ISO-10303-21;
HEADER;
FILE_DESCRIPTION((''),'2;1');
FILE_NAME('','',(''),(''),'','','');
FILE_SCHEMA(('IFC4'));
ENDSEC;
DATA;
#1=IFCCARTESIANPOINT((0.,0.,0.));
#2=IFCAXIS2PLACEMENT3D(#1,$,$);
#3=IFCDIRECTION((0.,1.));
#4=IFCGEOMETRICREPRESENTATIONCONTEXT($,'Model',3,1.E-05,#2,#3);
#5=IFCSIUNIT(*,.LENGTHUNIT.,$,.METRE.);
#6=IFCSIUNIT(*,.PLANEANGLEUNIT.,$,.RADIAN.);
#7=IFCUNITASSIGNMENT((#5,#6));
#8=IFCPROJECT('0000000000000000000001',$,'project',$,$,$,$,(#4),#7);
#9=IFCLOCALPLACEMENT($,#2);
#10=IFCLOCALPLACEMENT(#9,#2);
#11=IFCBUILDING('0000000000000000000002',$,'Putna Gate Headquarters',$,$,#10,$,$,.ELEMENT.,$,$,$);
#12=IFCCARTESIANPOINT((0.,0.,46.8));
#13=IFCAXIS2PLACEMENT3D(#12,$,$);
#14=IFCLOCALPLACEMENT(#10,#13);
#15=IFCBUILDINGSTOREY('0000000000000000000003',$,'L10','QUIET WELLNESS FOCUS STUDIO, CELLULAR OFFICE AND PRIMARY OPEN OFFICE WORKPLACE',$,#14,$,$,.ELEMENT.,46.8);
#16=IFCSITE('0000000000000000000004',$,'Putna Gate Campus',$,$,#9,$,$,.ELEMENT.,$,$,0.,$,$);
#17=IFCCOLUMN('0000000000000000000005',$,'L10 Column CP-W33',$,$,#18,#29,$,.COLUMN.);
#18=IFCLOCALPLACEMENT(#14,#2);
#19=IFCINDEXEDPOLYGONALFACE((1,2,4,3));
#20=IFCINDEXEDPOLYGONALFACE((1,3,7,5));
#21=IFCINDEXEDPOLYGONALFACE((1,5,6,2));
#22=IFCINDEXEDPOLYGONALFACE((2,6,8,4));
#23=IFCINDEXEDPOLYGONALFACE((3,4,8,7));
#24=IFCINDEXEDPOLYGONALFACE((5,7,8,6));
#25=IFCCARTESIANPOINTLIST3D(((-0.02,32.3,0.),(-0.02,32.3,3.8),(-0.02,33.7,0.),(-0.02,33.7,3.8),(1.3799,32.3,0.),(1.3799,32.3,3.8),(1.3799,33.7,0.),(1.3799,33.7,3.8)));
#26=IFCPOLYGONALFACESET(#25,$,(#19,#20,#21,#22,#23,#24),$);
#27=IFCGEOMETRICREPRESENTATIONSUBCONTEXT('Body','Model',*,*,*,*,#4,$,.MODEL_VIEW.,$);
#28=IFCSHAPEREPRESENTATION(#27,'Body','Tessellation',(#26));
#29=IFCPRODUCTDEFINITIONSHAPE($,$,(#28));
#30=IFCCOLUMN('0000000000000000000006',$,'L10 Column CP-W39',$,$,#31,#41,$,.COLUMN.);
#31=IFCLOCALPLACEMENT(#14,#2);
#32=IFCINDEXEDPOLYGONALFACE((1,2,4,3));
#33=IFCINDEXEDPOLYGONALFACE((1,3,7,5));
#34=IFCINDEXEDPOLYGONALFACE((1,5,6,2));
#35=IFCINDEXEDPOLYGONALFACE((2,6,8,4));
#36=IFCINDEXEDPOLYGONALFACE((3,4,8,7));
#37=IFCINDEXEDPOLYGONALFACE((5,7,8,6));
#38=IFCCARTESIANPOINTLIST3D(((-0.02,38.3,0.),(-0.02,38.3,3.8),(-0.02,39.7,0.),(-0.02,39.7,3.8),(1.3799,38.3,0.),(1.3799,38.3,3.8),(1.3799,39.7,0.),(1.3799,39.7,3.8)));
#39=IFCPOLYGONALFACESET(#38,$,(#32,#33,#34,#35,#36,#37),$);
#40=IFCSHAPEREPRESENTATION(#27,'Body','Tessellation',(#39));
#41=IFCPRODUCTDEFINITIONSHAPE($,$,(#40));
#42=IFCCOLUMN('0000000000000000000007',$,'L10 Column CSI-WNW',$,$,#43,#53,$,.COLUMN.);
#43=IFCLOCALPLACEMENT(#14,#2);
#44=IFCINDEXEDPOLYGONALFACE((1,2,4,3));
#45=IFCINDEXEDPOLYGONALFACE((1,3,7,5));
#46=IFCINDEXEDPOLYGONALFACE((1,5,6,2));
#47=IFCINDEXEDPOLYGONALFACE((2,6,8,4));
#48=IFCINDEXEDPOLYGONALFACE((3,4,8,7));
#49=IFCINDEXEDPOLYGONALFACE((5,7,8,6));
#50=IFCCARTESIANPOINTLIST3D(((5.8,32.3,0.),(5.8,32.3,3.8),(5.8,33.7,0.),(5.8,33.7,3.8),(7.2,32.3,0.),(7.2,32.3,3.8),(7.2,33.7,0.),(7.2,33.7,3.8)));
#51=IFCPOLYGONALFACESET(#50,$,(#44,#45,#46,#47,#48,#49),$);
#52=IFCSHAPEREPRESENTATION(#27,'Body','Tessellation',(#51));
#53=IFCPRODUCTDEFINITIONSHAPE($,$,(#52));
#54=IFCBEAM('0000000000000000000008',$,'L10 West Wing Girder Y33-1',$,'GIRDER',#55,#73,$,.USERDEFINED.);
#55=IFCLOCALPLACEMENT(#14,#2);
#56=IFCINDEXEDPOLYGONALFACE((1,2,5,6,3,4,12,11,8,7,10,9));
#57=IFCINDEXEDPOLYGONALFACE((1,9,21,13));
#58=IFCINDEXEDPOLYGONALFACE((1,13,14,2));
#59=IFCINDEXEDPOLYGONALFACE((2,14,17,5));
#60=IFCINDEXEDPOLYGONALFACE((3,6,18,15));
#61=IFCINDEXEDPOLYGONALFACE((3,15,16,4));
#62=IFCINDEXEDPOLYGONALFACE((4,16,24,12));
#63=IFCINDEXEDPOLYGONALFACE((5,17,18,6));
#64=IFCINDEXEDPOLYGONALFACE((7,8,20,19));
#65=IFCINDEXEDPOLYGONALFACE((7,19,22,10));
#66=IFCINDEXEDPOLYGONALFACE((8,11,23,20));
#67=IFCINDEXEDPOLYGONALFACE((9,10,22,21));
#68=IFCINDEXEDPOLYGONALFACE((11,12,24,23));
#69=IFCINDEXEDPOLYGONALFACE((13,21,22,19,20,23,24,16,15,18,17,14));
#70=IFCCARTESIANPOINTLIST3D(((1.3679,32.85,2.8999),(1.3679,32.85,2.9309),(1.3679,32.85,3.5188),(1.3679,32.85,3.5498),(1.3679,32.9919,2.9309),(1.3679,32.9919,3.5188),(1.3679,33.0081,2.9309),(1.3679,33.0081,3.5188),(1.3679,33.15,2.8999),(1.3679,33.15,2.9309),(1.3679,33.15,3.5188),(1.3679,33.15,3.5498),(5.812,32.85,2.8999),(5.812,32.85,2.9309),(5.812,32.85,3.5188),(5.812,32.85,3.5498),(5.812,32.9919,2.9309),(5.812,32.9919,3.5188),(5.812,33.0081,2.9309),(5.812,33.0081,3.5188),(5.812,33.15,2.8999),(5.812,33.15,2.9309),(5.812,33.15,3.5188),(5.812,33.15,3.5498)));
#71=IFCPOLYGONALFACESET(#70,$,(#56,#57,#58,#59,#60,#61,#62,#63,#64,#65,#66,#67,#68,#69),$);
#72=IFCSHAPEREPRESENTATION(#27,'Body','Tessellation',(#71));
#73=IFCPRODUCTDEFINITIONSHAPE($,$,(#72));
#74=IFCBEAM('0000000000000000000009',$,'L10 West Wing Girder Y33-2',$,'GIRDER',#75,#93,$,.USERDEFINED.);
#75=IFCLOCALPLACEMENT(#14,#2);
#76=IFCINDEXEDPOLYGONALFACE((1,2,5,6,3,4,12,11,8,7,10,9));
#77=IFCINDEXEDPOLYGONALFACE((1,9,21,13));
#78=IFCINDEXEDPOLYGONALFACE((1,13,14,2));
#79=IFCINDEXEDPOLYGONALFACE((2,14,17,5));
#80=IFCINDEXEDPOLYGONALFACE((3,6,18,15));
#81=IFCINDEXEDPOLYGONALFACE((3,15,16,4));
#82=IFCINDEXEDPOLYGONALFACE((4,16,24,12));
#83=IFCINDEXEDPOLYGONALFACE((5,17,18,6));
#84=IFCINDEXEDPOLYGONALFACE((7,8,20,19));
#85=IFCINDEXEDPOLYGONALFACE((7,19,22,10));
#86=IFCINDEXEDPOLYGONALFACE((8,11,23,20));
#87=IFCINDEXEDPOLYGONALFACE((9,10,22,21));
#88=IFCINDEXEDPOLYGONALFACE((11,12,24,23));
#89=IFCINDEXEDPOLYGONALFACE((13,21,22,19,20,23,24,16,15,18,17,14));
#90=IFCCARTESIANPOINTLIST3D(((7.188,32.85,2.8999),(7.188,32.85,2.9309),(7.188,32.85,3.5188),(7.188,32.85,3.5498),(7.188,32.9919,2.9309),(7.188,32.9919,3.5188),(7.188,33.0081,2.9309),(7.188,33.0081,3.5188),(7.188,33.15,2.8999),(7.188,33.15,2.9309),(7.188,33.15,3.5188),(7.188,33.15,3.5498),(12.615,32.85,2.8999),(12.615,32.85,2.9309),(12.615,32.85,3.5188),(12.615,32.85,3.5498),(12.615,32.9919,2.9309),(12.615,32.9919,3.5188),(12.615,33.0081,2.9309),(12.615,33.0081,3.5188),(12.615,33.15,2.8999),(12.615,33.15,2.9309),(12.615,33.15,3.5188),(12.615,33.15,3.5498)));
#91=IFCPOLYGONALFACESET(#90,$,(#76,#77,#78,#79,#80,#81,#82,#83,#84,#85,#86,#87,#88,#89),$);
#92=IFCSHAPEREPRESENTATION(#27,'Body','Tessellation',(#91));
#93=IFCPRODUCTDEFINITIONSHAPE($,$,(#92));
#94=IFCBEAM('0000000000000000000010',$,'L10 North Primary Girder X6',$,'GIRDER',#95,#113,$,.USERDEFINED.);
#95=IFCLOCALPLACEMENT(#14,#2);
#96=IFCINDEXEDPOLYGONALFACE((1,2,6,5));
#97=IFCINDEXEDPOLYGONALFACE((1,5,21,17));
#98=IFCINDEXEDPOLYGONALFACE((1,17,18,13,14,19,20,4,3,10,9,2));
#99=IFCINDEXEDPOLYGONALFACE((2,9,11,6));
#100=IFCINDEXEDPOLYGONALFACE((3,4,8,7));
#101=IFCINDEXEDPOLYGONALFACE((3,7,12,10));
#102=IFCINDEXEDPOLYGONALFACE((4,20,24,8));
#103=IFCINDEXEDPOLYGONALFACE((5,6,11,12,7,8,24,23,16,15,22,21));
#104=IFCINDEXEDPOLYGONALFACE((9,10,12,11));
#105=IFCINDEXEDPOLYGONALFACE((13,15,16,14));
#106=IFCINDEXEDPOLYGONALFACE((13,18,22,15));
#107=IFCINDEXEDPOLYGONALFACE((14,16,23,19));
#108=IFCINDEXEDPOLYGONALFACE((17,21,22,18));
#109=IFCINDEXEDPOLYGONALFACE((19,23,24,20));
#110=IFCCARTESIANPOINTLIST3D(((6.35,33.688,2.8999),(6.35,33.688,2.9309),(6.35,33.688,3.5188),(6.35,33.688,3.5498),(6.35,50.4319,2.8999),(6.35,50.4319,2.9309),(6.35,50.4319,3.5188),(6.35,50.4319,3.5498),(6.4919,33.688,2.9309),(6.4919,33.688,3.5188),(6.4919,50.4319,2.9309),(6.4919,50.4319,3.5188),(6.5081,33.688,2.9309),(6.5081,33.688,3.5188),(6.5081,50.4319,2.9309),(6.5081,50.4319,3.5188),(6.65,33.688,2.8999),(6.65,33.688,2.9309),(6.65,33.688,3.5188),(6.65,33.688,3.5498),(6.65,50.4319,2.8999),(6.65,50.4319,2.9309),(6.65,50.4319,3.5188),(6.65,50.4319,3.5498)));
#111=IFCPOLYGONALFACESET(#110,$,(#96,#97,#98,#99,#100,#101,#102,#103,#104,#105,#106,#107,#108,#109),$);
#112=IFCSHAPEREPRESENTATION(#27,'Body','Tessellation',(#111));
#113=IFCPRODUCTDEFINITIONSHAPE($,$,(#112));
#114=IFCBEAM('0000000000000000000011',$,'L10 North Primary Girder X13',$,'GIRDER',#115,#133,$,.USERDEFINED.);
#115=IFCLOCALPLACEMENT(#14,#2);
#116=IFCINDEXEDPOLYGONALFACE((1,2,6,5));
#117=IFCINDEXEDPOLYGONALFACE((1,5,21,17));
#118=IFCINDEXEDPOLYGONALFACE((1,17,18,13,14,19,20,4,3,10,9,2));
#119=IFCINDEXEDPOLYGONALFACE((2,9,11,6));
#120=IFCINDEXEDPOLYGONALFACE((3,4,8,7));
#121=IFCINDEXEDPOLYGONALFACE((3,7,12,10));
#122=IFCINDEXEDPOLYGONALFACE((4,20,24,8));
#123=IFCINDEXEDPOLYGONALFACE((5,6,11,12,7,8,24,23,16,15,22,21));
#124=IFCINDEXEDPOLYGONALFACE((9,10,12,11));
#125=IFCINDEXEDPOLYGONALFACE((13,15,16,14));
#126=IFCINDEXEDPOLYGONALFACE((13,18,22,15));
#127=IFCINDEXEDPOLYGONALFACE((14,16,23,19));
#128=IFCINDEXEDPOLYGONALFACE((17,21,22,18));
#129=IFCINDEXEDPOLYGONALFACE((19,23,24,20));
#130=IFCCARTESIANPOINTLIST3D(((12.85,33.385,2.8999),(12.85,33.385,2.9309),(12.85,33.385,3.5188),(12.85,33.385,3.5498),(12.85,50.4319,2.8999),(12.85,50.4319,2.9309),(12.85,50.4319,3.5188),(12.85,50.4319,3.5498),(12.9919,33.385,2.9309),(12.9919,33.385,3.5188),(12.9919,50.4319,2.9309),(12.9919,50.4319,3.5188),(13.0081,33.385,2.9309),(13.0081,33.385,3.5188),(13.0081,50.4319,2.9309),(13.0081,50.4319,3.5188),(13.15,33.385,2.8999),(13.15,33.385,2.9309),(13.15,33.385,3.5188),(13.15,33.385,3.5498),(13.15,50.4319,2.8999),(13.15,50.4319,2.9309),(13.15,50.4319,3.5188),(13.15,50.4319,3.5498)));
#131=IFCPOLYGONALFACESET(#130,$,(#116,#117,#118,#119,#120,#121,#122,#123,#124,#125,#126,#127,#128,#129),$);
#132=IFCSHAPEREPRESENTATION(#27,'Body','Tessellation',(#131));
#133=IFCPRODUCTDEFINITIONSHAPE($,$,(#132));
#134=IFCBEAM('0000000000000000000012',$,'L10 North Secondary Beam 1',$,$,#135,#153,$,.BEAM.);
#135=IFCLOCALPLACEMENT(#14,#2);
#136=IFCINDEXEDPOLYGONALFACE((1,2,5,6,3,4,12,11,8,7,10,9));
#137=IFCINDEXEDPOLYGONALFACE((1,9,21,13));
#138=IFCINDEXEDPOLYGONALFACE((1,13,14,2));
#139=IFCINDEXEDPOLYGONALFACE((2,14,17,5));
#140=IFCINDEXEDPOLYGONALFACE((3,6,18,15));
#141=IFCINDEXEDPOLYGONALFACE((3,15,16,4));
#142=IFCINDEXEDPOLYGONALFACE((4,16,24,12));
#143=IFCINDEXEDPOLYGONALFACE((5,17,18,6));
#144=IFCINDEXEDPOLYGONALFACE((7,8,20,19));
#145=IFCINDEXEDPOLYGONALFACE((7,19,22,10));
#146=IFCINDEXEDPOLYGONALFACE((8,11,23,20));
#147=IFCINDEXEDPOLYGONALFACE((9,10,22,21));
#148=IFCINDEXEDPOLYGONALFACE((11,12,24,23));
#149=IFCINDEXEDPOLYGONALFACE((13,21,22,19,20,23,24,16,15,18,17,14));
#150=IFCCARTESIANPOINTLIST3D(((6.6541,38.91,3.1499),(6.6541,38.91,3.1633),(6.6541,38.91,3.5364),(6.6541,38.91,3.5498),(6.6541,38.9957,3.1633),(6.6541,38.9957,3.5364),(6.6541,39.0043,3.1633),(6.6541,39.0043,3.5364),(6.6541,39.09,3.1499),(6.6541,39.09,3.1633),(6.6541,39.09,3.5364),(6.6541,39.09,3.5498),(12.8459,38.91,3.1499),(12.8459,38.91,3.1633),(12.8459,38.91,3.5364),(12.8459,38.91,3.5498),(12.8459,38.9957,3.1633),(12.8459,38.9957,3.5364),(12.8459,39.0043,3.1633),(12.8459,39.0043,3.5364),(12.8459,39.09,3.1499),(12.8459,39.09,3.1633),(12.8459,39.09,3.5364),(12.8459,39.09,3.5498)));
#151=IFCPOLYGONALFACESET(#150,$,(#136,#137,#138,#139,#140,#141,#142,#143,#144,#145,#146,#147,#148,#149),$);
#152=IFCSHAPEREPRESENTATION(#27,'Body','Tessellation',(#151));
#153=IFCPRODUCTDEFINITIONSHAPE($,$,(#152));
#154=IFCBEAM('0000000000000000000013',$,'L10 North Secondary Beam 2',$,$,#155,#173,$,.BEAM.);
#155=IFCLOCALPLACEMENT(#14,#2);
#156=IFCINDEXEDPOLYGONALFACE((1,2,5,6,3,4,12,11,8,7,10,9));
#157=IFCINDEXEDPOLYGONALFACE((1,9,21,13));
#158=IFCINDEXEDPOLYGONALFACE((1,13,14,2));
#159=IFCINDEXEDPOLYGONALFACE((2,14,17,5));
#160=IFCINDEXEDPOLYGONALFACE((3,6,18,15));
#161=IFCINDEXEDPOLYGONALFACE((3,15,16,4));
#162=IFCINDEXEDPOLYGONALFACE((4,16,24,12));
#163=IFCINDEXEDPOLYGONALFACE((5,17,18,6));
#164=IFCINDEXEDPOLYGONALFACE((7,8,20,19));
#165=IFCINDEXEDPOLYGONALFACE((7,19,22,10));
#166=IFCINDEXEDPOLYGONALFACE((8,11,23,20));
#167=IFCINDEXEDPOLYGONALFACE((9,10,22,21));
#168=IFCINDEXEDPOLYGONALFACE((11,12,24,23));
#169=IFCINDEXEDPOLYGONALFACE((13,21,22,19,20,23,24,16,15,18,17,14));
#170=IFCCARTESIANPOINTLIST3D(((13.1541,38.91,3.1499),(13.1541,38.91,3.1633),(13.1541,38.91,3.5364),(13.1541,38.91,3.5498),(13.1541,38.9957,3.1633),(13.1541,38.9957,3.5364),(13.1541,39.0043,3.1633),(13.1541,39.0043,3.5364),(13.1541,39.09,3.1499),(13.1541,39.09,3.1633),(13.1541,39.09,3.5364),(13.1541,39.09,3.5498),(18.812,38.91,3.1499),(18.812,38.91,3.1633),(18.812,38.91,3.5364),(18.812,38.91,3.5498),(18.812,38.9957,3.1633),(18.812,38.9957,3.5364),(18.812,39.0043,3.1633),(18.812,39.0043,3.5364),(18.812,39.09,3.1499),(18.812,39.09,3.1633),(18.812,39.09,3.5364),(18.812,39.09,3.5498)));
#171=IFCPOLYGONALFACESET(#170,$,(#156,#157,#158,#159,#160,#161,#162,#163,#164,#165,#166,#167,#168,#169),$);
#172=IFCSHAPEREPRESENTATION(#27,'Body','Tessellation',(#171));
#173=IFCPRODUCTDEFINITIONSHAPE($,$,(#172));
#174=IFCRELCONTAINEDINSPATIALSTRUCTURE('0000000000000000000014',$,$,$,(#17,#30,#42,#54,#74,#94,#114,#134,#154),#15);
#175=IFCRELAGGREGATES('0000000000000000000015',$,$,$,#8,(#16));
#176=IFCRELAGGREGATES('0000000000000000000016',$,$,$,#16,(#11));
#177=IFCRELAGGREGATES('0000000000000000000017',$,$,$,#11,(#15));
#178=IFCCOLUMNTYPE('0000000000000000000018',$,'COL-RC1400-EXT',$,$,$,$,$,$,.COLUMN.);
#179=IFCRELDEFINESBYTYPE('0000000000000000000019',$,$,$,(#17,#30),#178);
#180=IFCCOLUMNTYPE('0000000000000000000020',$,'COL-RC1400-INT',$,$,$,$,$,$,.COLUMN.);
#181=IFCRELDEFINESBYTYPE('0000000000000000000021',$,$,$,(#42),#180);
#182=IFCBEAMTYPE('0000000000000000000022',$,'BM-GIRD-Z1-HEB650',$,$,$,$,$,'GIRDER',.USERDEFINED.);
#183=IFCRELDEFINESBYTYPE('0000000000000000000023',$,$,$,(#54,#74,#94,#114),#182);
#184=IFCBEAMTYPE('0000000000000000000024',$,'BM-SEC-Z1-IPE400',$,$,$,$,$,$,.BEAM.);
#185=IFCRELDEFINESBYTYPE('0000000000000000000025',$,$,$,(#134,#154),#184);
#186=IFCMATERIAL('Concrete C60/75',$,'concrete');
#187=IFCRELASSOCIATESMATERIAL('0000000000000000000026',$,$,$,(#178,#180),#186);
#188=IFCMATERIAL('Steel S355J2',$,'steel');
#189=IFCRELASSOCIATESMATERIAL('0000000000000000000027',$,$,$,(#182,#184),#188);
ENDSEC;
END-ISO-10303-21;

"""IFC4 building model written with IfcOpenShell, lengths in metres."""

from ifc_helpers import new_model, si_unit, direction, frame, origin, origin_2d, place, context, subcontext, project, spatial, rectangle, i_section, extrude, material, material_profile, profile_set, type_object, element, save


model = new_model("IFC4")

# Units and contexts
model_context = context("Model", 3, precision=1e-05, world=origin(), true_north=direction((0.0, 1.0)))
body_context = subcontext(model_context, "Body", "Model", "MODEL_VIEW")
ifc_project = project(units=[si_unit("LENGTHUNIT", "METRE"), si_unit("PLANEANGLEUNIT", "RADIAN")], contexts=[model_context])

# Site, building, storey
site_placement = place(None, origin())
site = spatial("IfcSite", under=ifc_project, at=site_placement, Name="Putna Gate Campus", CompositionType="ELEMENT", RefElevation=0.0)
building_placement = place(site_placement, origin())
building = spatial("IfcBuilding", under=site, at=building_placement, Name="Putna Gate Headquarters", CompositionType="ELEMENT")
storey_placement = place(building_placement, frame((0.0, 0.0, 46.8)))
storey = spatial("IfcBuildingStorey", under=building, at=storey_placement, Name="L10", Description="QUIET WELLNESS FOCUS STUDIO, CELLULAR OFFICE AND PRIMARY OPEN OFFICE WORKPLACE", CompositionType="ELEMENT", Elevation=46.8)

# Columns
ifc_material_1 = material(Name="Concrete C60/75", Category="concrete")
ifc_material_profile_1 = material_profile(ifc_material_1, rectangle(XDim=1.3999, YDim=1.3999, at=origin_2d()), Name="Concrete C60/75")
ifc_profile_set_1 = profile_set([ifc_material_profile_1], Name="Concrete C60/75")
column_type_1 = type_object("IfcColumnType", Name="COL-RC1400-EXT", PredefinedType="COLUMN", material=ifc_profile_set_1)
for number, where, z_axis, x_axis, name in (
    (1, (0.6799, 33.0, 0.0), (0.0, 0.0, 1.0), (1.0, 0.0, 0.0), "L10 Column CP-W33"),
    (2, (0.6799, 39.0, 0.0), (0.0, 0.0, 1.0), (1.0, 0.0, 0.0), "L10 Column CP-W39"),
):
    element("IfcColumn", number, at=place(storey_placement, frame(where, z_axis=z_axis, x_axis=x_axis)), inside=storey, type_object=column_type_1, Name=name, PredefinedType="COLUMN", context=body_context, shape_type="SweptSolid", body=[
        extrude(rectangle(XDim=1.3999, YDim=1.3999, at=origin_2d()), origin(), (0.0, 0.0, 1.0), 3.8),
    ])
ifc_material_profile_2 = material_profile(ifc_material_1, rectangle(XDim=1.3999, YDim=1.3999, at=origin_2d()), Name="Concrete C60/75")
ifc_profile_set_2 = profile_set([ifc_material_profile_2], Name="Concrete C60/75")
column_type_2 = type_object("IfcColumnType", Name="COL-RC1400-INT", PredefinedType="COLUMN", material=ifc_profile_set_2)
column_placement = place(storey_placement, frame((6.5, 33.0, 0.0), z_axis=(0.0, 0.0, 1.0), x_axis=(1.0, 0.0, 0.0)))
element("IfcColumn", 3, at=column_placement, inside=storey, type_object=column_type_2, Name="L10 Column CSI-WNW", PredefinedType="COLUMN", context=body_context, shape_type="SweptSolid", body=[
    extrude(rectangle(XDim=1.3999, YDim=1.3999, at=origin_2d()), origin(), (0.0, 0.0, 1.0), 3.8),
])

# Beams
ifc_material_2 = material(Name="Steel S355J2", Category="steel")
ifc_material_profile_3 = material_profile(ifc_material_2, i_section(OverallWidth=0.3, OverallDepth=0.6499, WebThickness=0.0161, FlangeThickness=0.031, at=origin_2d()), Name="Steel S355J2")
ifc_profile_set_3 = profile_set([ifc_material_profile_3], Name="Steel S355J2")
beam_type_1 = type_object("IfcBeamType", Name="BM-GIRD-Z1-HEB650", ElementType="GIRDER", PredefinedType="USERDEFINED", material=ifc_profile_set_3)
beam_1_placement = place(storey_placement, frame((1.3679, 33.0, 3.2249), z_axis=(1.0, 0.0, 0.0), x_axis=(0.0, 1.0, 0.0)))
element("IfcBeam", 4, at=beam_1_placement, inside=storey, type_object=beam_type_1, Name="L10 West Wing Girder Y33-1", ObjectType="GIRDER", PredefinedType="USERDEFINED", context=body_context, shape_type="SweptSolid", body=[
    extrude(i_section(OverallWidth=0.3, OverallDepth=0.6499, WebThickness=0.0161, FlangeThickness=0.031, at=origin_2d()), origin(), (0.0, 0.0, 1.0), 4.4441),
])
beam_2_placement = place(storey_placement, frame((7.188, 33.0, 3.2249), z_axis=(1.0, 0.0, 0.0), x_axis=(0.0, 1.0, 0.0)))
element("IfcBeam", 5, at=beam_2_placement, inside=storey, type_object=beam_type_1, Name="L10 West Wing Girder Y33-2", ObjectType="GIRDER", PredefinedType="USERDEFINED", context=body_context, shape_type="SweptSolid", body=[
    extrude(i_section(OverallWidth=0.3, OverallDepth=0.6499, WebThickness=0.0161, FlangeThickness=0.031, at=origin_2d()), origin(), (0.0, 0.0, 1.0), 5.427),
])
beam_3_placement = place(storey_placement, frame((6.5, 33.688, 3.2249), z_axis=(0.0, 1.0, 0.0), x_axis=(-1.0, 0.0, 0.0)))
element("IfcBeam", 6, at=beam_3_placement, inside=storey, type_object=beam_type_1, Name="L10 North Primary Girder X6", ObjectType="GIRDER", PredefinedType="USERDEFINED", context=body_context, shape_type="SweptSolid", body=[
    extrude(i_section(OverallWidth=0.3, OverallDepth=0.6499, WebThickness=0.0161, FlangeThickness=0.031, at=origin_2d()), origin(), (0.0, 0.0, 1.0), 16.7439),
])
beam_4_placement = place(storey_placement, frame((13.0, 33.385, 3.2249), z_axis=(0.0, 1.0, 0.0), x_axis=(-1.0, 0.0, 0.0)))
element("IfcBeam", 7, at=beam_4_placement, inside=storey, type_object=beam_type_1, Name="L10 North Primary Girder X13", ObjectType="GIRDER", PredefinedType="USERDEFINED", context=body_context, shape_type="SweptSolid", body=[
    extrude(i_section(OverallWidth=0.3, OverallDepth=0.6499, WebThickness=0.0161, FlangeThickness=0.031, at=origin_2d()), origin(), (0.0, 0.0, 1.0), 17.0469),
])
ifc_material_profile_4 = material_profile(ifc_material_2, i_section(OverallWidth=0.1799, OverallDepth=0.3999, WebThickness=0.0085, FlangeThickness=0.0134, at=origin_2d()), Name="Steel S355J2")
ifc_profile_set_4 = profile_set([ifc_material_profile_4], Name="Steel S355J2")
beam_type_2 = type_object("IfcBeamType", Name="BM-SEC-Z1-IPE400", PredefinedType="BEAM", material=ifc_profile_set_4)
beam_5_placement = place(storey_placement, frame((6.6541, 39.0, 3.3499), z_axis=(1.0, 0.0, 0.0), x_axis=(0.0, 1.0, 0.0)))
element("IfcBeam", 8, at=beam_5_placement, inside=storey, type_object=beam_type_2, Name="L10 North Secondary Beam 1", PredefinedType="BEAM", context=body_context, shape_type="SweptSolid", body=[
    extrude(i_section(OverallWidth=0.1799, OverallDepth=0.3999, WebThickness=0.0085, FlangeThickness=0.0134, at=origin_2d()), origin(), (0.0, 0.0, 1.0), 6.1919),
])
beam_6_placement = place(storey_placement, frame((13.1541, 39.0, 3.3499), z_axis=(1.0, 0.0, 0.0), x_axis=(0.0, 1.0, 0.0)))
element("IfcBeam", 9, at=beam_6_placement, inside=storey, type_object=beam_type_2, Name="L10 North Secondary Beam 2", PredefinedType="BEAM", context=body_context, shape_type="SweptSolid", body=[
    extrude(i_section(OverallWidth=0.1799, OverallDepth=0.3999, WebThickness=0.0085, FlangeThickness=0.0134, at=origin_2d()), origin(), (0.0, 0.0, 1.0), 5.658),
])

save(model, "model.ifc")
